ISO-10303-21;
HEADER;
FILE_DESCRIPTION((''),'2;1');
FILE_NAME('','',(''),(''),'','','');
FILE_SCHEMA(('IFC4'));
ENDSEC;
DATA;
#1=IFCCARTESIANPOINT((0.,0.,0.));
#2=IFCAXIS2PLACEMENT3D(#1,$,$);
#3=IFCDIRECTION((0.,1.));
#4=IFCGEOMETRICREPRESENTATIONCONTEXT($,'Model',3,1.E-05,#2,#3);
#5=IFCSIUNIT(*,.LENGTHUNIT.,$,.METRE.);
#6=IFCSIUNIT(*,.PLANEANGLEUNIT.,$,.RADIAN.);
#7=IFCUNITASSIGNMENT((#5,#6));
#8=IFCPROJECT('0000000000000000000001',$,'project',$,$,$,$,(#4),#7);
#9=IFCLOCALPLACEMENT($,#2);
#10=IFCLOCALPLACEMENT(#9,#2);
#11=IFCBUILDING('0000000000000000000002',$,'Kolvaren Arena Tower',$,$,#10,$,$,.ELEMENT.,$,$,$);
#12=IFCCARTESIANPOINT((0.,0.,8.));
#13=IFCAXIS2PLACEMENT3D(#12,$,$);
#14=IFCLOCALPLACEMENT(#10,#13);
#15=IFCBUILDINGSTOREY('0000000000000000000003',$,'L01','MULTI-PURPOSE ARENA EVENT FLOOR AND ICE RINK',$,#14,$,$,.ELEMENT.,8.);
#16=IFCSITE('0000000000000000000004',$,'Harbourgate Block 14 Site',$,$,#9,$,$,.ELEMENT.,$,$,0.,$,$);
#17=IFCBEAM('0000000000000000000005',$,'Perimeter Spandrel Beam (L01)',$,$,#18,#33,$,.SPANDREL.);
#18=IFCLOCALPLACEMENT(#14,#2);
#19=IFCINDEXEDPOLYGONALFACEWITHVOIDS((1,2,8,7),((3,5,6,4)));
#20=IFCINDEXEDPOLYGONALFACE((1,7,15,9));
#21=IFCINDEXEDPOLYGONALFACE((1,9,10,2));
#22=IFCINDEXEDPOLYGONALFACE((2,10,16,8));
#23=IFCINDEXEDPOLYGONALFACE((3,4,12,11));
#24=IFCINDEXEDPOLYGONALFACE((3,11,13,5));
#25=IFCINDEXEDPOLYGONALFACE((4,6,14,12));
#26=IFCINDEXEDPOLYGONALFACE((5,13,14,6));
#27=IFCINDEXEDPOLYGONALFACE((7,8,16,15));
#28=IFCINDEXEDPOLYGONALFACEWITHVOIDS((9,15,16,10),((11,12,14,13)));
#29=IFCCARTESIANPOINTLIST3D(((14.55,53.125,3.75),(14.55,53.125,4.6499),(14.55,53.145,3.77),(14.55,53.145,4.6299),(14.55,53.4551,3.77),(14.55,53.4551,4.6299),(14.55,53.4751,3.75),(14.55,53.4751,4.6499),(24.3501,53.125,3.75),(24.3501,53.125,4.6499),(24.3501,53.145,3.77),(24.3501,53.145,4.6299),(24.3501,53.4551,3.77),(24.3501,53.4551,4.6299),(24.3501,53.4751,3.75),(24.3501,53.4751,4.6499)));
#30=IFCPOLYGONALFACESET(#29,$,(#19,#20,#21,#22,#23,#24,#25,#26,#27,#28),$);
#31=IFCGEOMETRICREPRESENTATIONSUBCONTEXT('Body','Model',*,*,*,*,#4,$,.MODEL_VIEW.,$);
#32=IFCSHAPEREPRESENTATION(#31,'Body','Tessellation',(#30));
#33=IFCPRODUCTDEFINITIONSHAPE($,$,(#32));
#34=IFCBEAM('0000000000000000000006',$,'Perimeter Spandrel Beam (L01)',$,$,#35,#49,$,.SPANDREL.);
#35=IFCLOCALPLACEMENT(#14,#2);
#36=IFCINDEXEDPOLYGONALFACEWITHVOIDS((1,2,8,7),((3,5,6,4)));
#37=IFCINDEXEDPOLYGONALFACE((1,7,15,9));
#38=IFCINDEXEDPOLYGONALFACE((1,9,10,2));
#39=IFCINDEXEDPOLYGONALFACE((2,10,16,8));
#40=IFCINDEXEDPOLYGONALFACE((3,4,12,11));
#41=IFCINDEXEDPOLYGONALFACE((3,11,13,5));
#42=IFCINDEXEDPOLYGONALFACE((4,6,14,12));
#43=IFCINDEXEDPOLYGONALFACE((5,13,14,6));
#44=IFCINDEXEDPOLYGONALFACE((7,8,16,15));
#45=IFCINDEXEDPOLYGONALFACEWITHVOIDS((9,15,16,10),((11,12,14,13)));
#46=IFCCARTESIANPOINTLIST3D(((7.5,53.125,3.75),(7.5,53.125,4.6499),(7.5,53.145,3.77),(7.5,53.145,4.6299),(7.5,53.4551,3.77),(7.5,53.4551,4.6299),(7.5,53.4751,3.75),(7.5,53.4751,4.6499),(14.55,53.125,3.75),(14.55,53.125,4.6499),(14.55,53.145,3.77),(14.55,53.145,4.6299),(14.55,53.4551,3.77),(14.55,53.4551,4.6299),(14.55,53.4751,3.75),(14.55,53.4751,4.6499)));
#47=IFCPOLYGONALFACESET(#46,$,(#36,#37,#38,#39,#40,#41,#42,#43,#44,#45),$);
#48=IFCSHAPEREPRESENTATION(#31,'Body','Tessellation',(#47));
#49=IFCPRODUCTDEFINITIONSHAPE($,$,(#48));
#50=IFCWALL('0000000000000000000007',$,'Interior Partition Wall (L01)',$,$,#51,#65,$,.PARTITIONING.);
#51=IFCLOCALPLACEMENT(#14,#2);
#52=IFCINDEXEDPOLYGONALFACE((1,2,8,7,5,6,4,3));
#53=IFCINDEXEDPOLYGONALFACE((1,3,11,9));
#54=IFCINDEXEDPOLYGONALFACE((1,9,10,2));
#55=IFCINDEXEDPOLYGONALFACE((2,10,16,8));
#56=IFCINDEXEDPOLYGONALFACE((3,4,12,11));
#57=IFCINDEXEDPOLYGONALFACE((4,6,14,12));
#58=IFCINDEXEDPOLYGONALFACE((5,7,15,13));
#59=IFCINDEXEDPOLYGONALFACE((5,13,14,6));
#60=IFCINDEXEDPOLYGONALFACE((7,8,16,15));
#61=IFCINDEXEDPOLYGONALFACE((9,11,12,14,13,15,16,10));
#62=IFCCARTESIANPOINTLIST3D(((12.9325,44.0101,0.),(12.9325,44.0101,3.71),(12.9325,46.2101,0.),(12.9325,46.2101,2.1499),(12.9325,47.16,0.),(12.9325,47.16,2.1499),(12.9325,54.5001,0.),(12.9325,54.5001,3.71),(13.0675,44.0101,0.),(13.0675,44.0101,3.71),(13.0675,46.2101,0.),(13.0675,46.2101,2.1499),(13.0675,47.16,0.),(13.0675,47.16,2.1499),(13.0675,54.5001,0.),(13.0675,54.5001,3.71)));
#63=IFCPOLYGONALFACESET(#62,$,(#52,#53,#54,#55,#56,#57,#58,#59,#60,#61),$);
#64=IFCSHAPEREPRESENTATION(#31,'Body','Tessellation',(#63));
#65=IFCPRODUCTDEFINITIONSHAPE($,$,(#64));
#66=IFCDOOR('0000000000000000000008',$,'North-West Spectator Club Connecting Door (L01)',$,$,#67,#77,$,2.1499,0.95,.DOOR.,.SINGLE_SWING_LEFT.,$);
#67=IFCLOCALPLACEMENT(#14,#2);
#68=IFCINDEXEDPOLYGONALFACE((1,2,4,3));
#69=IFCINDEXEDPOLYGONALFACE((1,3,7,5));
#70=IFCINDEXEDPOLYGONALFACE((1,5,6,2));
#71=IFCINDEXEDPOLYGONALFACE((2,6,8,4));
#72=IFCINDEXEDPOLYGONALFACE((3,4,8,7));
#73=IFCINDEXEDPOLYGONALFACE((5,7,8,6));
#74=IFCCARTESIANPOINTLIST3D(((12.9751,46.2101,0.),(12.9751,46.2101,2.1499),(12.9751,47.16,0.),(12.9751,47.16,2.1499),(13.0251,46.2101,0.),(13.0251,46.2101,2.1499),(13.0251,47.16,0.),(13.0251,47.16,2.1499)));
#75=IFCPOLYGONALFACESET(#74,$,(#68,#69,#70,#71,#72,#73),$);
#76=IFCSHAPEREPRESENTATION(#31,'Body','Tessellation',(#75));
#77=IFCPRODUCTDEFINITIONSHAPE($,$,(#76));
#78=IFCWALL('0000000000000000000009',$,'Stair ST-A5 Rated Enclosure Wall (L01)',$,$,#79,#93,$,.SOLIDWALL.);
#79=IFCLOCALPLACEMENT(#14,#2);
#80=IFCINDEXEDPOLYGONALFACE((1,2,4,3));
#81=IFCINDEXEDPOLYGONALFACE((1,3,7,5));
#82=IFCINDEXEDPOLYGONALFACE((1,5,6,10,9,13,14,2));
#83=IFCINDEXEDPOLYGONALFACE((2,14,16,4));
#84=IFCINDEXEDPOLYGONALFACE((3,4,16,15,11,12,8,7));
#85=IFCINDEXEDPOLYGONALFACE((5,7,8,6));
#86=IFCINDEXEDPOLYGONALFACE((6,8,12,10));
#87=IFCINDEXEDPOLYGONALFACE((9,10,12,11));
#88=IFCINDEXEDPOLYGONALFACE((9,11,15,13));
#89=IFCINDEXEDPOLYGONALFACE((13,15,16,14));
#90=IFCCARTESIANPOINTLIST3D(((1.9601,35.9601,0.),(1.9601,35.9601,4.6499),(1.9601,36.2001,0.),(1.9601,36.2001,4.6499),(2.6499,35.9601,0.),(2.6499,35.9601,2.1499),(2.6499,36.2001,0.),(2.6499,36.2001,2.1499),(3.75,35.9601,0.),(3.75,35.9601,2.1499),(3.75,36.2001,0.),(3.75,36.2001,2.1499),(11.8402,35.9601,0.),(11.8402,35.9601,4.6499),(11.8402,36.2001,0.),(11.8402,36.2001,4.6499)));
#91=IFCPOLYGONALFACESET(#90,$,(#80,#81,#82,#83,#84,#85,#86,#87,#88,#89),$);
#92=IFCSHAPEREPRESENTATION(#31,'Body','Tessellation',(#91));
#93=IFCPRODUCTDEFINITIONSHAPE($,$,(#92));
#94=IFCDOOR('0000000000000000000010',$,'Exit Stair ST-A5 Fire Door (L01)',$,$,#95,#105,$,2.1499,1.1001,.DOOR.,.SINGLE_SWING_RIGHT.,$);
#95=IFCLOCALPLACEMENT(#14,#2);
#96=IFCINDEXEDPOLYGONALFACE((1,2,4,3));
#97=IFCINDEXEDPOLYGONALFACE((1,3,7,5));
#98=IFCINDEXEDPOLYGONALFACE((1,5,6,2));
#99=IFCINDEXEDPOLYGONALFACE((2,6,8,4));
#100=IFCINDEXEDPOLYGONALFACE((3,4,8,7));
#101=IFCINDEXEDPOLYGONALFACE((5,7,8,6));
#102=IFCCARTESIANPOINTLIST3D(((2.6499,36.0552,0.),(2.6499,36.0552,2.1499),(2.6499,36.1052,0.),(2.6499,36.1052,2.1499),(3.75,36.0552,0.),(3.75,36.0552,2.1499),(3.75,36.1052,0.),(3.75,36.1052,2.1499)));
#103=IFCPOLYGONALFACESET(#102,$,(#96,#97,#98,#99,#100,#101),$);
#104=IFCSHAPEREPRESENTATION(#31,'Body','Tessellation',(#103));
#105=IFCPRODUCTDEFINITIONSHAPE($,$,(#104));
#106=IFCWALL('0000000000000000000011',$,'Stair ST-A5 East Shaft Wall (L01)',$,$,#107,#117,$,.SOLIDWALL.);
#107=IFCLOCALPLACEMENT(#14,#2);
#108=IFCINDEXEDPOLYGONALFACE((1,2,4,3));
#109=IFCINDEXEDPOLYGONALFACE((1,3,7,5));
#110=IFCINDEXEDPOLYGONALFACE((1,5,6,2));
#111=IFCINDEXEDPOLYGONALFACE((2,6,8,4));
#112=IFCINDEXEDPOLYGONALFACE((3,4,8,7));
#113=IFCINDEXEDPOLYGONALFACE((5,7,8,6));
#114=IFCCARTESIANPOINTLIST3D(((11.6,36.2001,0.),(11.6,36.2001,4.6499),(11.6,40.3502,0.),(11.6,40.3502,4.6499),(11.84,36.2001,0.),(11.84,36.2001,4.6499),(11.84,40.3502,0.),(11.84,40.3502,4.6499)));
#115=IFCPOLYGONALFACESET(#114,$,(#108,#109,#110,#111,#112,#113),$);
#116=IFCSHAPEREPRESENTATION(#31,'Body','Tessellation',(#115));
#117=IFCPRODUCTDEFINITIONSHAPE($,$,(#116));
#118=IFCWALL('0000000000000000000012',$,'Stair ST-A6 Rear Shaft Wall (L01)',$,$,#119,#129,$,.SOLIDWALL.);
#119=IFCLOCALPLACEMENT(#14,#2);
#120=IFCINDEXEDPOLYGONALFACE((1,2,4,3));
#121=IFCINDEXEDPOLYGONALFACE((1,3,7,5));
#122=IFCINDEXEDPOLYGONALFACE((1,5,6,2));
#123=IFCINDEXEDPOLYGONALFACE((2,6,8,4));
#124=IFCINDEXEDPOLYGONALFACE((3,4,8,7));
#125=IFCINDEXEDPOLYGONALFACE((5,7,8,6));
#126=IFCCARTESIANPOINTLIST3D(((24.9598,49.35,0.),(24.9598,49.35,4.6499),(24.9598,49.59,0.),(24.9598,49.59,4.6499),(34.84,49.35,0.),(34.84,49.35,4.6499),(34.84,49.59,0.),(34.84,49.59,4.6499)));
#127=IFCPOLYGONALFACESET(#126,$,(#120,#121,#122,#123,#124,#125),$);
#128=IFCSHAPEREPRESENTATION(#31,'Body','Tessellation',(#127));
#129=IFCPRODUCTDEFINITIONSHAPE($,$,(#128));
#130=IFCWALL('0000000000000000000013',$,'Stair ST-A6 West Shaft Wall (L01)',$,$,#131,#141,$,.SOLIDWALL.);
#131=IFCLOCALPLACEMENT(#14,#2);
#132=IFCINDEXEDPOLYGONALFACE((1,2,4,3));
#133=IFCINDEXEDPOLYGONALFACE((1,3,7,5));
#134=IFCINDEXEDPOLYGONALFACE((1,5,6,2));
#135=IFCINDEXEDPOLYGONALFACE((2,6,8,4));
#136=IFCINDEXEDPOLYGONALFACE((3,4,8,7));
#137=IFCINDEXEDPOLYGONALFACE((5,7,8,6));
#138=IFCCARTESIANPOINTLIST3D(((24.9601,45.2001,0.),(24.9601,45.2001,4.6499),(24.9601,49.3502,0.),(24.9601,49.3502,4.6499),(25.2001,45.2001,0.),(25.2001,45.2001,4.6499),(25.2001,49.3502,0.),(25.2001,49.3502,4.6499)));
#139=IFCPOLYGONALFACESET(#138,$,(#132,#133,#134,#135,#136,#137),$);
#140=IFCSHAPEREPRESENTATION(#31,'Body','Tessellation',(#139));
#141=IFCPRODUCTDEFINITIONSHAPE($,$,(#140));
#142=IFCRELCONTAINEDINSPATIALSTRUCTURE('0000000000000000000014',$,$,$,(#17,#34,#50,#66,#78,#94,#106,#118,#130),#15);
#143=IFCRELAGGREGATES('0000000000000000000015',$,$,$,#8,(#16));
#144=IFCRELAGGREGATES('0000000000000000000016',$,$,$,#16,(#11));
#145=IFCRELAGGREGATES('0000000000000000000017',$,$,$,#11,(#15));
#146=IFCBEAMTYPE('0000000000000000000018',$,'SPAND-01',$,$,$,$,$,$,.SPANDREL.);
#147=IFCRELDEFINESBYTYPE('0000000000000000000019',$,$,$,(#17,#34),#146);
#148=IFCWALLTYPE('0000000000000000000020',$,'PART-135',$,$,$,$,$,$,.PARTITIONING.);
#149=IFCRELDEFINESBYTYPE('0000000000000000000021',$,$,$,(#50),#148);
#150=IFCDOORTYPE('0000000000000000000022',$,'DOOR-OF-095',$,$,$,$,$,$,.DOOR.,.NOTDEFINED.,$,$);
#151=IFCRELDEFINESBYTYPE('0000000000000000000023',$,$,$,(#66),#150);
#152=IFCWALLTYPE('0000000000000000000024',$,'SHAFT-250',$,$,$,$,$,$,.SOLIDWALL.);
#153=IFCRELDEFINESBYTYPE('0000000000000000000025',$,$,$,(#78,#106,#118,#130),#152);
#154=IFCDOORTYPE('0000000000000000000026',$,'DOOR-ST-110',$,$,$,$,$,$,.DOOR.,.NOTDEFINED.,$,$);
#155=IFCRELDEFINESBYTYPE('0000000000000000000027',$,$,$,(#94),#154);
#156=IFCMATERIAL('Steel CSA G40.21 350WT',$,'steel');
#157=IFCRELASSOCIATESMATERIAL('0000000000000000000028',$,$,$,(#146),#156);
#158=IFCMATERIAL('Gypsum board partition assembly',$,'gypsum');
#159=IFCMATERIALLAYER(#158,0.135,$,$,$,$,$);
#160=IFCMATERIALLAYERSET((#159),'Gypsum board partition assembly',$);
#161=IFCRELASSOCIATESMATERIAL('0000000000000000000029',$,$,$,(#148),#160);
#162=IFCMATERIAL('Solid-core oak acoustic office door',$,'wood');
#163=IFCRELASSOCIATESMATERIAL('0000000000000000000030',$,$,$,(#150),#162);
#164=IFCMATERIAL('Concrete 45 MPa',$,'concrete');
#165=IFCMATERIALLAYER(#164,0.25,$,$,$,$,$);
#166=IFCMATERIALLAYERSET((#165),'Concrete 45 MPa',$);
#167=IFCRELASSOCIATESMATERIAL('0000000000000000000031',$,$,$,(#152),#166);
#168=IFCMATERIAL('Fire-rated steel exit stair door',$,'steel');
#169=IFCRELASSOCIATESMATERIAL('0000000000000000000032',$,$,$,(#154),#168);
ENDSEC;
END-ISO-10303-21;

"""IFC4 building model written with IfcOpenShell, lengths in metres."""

from ifc_helpers import new_model, si_unit, direction, frame, frame_2d, origin, origin_2d, place, context, subcontext, project, spatial, rectangle, hollow_rectangle, extrude, material, layer, layer_set, material_profile, profile_set, type_object, element, fill, save


model = new_model("IFC4")

# Units and contexts
model_context = context("Model", 3, precision=1e-05, world=origin(), true_north=direction((0.0, 1.0)))
body_context = subcontext(model_context, "Body", "Model", "MODEL_VIEW")
ifc_project = project(units=[si_unit("LENGTHUNIT", "METRE"), si_unit("PLANEANGLEUNIT", "RADIAN")], contexts=[model_context])

# Site, building, storey
site_placement = place(None, origin())
site = spatial("IfcSite", under=ifc_project, at=site_placement, Name="Harbourgate Block 14 Site", CompositionType="ELEMENT", RefElevation=0.0)
building_placement = place(site_placement, origin())
building = spatial("IfcBuilding", under=site, at=building_placement, Name="Kolvaren Arena Tower", CompositionType="ELEMENT")
storey_placement = place(building_placement, frame((0.0, 0.0, 8.0)))
storey = spatial("IfcBuildingStorey", under=building, at=storey_placement, Name="L01", Description="MULTI-PURPOSE ARENA EVENT FLOOR AND ICE RINK", CompositionType="ELEMENT", Elevation=8.0)

# Beams
ifc_material_1 = material(Name="Steel CSA G40.21 350WT", Category="steel")
ifc_material_profile_1 = material_profile(ifc_material_1, hollow_rectangle(XDim=0.3501, YDim=0.8999, WallThickness=0.02, at=origin_2d()), Name="HSS 900x350x20")
ifc_profile_set_1 = profile_set([ifc_material_profile_1], Name="Steel CSA G40.21 350WT")
beam_type_1 = type_object("IfcBeamType", Name="SPAND-01", PredefinedType="SPANDREL", material=ifc_profile_set_1)
beam_1_placement = place(storey_placement, frame((24.3501, 53.3, 4.2), z_axis=(-1.0, 0.0, 0.0), x_axis=(0.0, -1.0, 0.0)))
element("IfcBeam", 1, at=beam_1_placement, inside=storey, type_object=beam_type_1, Name="Perimeter Spandrel Beam (L01)", PredefinedType="SPANDREL", context=body_context, shape_type="SweptSolid", body=[
    extrude(hollow_rectangle(XDim=0.3501, YDim=0.8999, WallThickness=0.02, at=origin_2d()), origin(), (0.0, 0.0, 1.0), 9.8),
])
beam_2_placement = place(storey_placement, frame((14.55, 53.3, 4.2), z_axis=(-1.0, 0.0, 0.0), x_axis=(0.0, -1.0, 0.0)))
element("IfcBeam", 2, at=beam_2_placement, inside=storey, type_object=beam_type_1, Name="Perimeter Spandrel Beam (L01)", PredefinedType="SPANDREL", context=body_context, shape_type="SweptSolid", body=[
    extrude(hollow_rectangle(XDim=0.3501, YDim=0.8999, WallThickness=0.02, at=origin_2d()), origin(), (0.0, 0.0, 1.0), 7.05),
])

# Walls, openings, doors
ifc_material_2 = material(Name="Gypsum board partition assembly", Category="gypsum")
ifc_layer_1 = layer(ifc_material_2, 0.135)
ifc_layer_set_1 = layer_set([ifc_layer_1], Name="Gypsum board partition assembly")
wall_type_1 = type_object("IfcWallType", Name="PART-135", PredefinedType="PARTITIONING", material=ifc_layer_set_1)
wall_1_placement = place(storey_placement, frame((13.0, 44.01, 0.0), z_axis=(0.0, 0.0, 1.0), x_axis=(0.0, 1.0, 0.0)))
wall_1 = element("IfcWall", 3, at=wall_1_placement, inside=storey, type_object=wall_type_1, Name="Interior Partition Wall (L01)", PredefinedType="PARTITIONING", context=body_context, shape_type="SweptSolid", body=[
    extrude(rectangle(XDim=10.49, YDim=0.135, at=frame_2d((5.2451, 0.0))), origin(), (0.0, 0.0, 1.0), 3.71),
])
opening_1_placement = place(wall_1_placement, frame((2.2, 0.0, 0.0)))
opening_1 = element("IfcOpeningElement", 4, at=opening_1_placement, cuts=wall_1, PredefinedType="OPENING", context=body_context, shape_type="SweptSolid", body=[
    extrude(rectangle(XDim=0.95, YDim=2.1499, at=frame_2d((0.4751, 1.075))), frame((0.0, 0.0774, 0.0), z_axis=(0.0, -1.0, 0.0), x_axis=(1.0, 0.0, 0.0)), (0.0, 0.0, 1.0), 0.155),
])
ifc_material_3 = material(Name="Solid-core oak acoustic office door", Category="wood")
door_type_1 = type_object("IfcDoorType", Name="DOOR-OF-095", OperationType="NOTDEFINED", PredefinedType="DOOR", material=ifc_material_3)
door_1_placement = place(opening_1_placement, origin())
door_1 = element("IfcDoor", 5, at=door_1_placement, inside=storey, type_object=door_type_1, Name="North-West Spectator Club Connecting Door (L01)", OperationType="SINGLE_SWING_LEFT", OverallHeight=2.1499, OverallWidth=0.95, PredefinedType="DOOR", context=body_context, shape_type="SweptSolid", body=[
    extrude(rectangle(XDim=0.95, YDim=2.1499, at=frame_2d((0.4751, 1.075))), frame((0.0, 0.0249, 0.0), z_axis=(0.0, -1.0, 0.0), x_axis=(1.0, 0.0, 0.0)), (0.0, 0.0, 1.0), 0.05),
])
fill(opening_1, door_1)
ifc_material_4 = material(Name="Concrete 45 MPa", Category="concrete")
ifc_layer_2 = layer(ifc_material_4, 0.25)
ifc_layer_set_2 = layer_set([ifc_layer_2], Name="Concrete 45 MPa")
wall_type_2 = type_object("IfcWallType", Name="SHAFT-250", PredefinedType="SOLIDWALL", material=ifc_layer_set_2)
wall_2_placement = place(storey_placement, frame((11.8401, 36.0801, 0.0), z_axis=(0.0, 0.0, 1.0), x_axis=(-1.0, 0.0, 0.0)))
wall_2 = element("IfcWall", 6, at=wall_2_placement, inside=storey, type_object=wall_type_2, Name="Stair ST-A5 Rated Enclosure Wall (L01)", PredefinedType="SOLIDWALL", context=body_context, shape_type="SweptSolid", body=[
    extrude(rectangle(XDim=9.8801, YDim=0.24, at=frame_2d((4.9399, 0.0))), origin(), (0.0, 0.0, 1.0), 4.6499),
])
opening_2_placement = place(wall_2_placement, frame((8.0901, 0.0, 0.0)))
opening_2 = element("IfcOpeningElement", 7, at=opening_2_placement, cuts=wall_2, PredefinedType="OPENING", context=body_context, shape_type="SweptSolid", body=[
    extrude(rectangle(XDim=1.1001, YDim=2.1499, at=frame_2d((0.55, 1.075))), frame((0.0, 0.1299, 0.0), z_axis=(0.0, -1.0, 0.0), x_axis=(1.0, 0.0, 0.0)), (0.0, 0.0, 1.0), 0.26),
])
ifc_material_5 = material(Name="Fire-rated steel exit stair door", Category="steel")
door_type_2 = type_object("IfcDoorType", Name="DOOR-ST-110", OperationType="NOTDEFINED", PredefinedType="DOOR", material=ifc_material_5)
door_2_placement = place(opening_2_placement, origin())
door_2 = element("IfcDoor", 8, at=door_2_placement, inside=storey, type_object=door_type_2, Name="Exit Stair ST-A5 Fire Door (L01)", OperationType="SINGLE_SWING_RIGHT", OverallHeight=2.1499, OverallWidth=1.1001, PredefinedType="DOOR", context=body_context, shape_type="SweptSolid", body=[
    extrude(rectangle(XDim=1.1001, YDim=2.1499, at=frame_2d((0.55, 1.075))), frame((0.0, 0.0249, 0.0), z_axis=(0.0, -1.0, 0.0), x_axis=(1.0, 0.0, 0.0)), (0.0, 0.0, 1.0), 0.05),
])
fill(opening_2, door_2)

# Walls
wall_3_placement = place(storey_placement, frame((11.72, 36.2, 0.0), z_axis=(0.0, 0.0, 1.0), x_axis=(0.0, 1.0, 0.0)))
element("IfcWall", 9, at=wall_3_placement, inside=storey, type_object=wall_type_2, Name="Stair ST-A5 East Shaft Wall (L01)", PredefinedType="SOLIDWALL", context=body_context, shape_type="SweptSolid", body=[
    extrude(rectangle(XDim=4.1501, YDim=0.24, at=frame_2d((2.0752, 0.0))), origin(), (0.0, 0.0, 1.0), 4.6499),
])
wall_4_placement = place(storey_placement, frame((24.96, 49.47, 0.0), z_axis=(0.0, 0.0, 1.0), x_axis=(1.0, 0.0, 0.0)))
element("IfcWall", 10, at=wall_4_placement, inside=storey, type_object=wall_type_2, Name="Stair ST-A6 Rear Shaft Wall (L01)", PredefinedType="SOLIDWALL", context=body_context, shape_type="SweptSolid", body=[
    extrude(rectangle(XDim=9.8801, YDim=0.24, at=frame_2d((4.9399, 0.0))), origin(), (0.0, 0.0, 1.0), 4.6499),
])
wall_5_placement = place(storey_placement, frame((25.0801, 45.2, 0.0), z_axis=(0.0, 0.0, 1.0), x_axis=(0.0, 1.0, 0.0)))
element("IfcWall", 11, at=wall_5_placement, inside=storey, type_object=wall_type_2, Name="Stair ST-A6 West Shaft Wall (L01)", PredefinedType="SOLIDWALL", context=body_context, shape_type="SweptSolid", body=[
    extrude(rectangle(XDim=4.1501, YDim=0.24, at=frame_2d((2.0752, 0.0))), origin(), (0.0, 0.0, 1.0), 4.6499),
])

save(model, "model.ifc")
